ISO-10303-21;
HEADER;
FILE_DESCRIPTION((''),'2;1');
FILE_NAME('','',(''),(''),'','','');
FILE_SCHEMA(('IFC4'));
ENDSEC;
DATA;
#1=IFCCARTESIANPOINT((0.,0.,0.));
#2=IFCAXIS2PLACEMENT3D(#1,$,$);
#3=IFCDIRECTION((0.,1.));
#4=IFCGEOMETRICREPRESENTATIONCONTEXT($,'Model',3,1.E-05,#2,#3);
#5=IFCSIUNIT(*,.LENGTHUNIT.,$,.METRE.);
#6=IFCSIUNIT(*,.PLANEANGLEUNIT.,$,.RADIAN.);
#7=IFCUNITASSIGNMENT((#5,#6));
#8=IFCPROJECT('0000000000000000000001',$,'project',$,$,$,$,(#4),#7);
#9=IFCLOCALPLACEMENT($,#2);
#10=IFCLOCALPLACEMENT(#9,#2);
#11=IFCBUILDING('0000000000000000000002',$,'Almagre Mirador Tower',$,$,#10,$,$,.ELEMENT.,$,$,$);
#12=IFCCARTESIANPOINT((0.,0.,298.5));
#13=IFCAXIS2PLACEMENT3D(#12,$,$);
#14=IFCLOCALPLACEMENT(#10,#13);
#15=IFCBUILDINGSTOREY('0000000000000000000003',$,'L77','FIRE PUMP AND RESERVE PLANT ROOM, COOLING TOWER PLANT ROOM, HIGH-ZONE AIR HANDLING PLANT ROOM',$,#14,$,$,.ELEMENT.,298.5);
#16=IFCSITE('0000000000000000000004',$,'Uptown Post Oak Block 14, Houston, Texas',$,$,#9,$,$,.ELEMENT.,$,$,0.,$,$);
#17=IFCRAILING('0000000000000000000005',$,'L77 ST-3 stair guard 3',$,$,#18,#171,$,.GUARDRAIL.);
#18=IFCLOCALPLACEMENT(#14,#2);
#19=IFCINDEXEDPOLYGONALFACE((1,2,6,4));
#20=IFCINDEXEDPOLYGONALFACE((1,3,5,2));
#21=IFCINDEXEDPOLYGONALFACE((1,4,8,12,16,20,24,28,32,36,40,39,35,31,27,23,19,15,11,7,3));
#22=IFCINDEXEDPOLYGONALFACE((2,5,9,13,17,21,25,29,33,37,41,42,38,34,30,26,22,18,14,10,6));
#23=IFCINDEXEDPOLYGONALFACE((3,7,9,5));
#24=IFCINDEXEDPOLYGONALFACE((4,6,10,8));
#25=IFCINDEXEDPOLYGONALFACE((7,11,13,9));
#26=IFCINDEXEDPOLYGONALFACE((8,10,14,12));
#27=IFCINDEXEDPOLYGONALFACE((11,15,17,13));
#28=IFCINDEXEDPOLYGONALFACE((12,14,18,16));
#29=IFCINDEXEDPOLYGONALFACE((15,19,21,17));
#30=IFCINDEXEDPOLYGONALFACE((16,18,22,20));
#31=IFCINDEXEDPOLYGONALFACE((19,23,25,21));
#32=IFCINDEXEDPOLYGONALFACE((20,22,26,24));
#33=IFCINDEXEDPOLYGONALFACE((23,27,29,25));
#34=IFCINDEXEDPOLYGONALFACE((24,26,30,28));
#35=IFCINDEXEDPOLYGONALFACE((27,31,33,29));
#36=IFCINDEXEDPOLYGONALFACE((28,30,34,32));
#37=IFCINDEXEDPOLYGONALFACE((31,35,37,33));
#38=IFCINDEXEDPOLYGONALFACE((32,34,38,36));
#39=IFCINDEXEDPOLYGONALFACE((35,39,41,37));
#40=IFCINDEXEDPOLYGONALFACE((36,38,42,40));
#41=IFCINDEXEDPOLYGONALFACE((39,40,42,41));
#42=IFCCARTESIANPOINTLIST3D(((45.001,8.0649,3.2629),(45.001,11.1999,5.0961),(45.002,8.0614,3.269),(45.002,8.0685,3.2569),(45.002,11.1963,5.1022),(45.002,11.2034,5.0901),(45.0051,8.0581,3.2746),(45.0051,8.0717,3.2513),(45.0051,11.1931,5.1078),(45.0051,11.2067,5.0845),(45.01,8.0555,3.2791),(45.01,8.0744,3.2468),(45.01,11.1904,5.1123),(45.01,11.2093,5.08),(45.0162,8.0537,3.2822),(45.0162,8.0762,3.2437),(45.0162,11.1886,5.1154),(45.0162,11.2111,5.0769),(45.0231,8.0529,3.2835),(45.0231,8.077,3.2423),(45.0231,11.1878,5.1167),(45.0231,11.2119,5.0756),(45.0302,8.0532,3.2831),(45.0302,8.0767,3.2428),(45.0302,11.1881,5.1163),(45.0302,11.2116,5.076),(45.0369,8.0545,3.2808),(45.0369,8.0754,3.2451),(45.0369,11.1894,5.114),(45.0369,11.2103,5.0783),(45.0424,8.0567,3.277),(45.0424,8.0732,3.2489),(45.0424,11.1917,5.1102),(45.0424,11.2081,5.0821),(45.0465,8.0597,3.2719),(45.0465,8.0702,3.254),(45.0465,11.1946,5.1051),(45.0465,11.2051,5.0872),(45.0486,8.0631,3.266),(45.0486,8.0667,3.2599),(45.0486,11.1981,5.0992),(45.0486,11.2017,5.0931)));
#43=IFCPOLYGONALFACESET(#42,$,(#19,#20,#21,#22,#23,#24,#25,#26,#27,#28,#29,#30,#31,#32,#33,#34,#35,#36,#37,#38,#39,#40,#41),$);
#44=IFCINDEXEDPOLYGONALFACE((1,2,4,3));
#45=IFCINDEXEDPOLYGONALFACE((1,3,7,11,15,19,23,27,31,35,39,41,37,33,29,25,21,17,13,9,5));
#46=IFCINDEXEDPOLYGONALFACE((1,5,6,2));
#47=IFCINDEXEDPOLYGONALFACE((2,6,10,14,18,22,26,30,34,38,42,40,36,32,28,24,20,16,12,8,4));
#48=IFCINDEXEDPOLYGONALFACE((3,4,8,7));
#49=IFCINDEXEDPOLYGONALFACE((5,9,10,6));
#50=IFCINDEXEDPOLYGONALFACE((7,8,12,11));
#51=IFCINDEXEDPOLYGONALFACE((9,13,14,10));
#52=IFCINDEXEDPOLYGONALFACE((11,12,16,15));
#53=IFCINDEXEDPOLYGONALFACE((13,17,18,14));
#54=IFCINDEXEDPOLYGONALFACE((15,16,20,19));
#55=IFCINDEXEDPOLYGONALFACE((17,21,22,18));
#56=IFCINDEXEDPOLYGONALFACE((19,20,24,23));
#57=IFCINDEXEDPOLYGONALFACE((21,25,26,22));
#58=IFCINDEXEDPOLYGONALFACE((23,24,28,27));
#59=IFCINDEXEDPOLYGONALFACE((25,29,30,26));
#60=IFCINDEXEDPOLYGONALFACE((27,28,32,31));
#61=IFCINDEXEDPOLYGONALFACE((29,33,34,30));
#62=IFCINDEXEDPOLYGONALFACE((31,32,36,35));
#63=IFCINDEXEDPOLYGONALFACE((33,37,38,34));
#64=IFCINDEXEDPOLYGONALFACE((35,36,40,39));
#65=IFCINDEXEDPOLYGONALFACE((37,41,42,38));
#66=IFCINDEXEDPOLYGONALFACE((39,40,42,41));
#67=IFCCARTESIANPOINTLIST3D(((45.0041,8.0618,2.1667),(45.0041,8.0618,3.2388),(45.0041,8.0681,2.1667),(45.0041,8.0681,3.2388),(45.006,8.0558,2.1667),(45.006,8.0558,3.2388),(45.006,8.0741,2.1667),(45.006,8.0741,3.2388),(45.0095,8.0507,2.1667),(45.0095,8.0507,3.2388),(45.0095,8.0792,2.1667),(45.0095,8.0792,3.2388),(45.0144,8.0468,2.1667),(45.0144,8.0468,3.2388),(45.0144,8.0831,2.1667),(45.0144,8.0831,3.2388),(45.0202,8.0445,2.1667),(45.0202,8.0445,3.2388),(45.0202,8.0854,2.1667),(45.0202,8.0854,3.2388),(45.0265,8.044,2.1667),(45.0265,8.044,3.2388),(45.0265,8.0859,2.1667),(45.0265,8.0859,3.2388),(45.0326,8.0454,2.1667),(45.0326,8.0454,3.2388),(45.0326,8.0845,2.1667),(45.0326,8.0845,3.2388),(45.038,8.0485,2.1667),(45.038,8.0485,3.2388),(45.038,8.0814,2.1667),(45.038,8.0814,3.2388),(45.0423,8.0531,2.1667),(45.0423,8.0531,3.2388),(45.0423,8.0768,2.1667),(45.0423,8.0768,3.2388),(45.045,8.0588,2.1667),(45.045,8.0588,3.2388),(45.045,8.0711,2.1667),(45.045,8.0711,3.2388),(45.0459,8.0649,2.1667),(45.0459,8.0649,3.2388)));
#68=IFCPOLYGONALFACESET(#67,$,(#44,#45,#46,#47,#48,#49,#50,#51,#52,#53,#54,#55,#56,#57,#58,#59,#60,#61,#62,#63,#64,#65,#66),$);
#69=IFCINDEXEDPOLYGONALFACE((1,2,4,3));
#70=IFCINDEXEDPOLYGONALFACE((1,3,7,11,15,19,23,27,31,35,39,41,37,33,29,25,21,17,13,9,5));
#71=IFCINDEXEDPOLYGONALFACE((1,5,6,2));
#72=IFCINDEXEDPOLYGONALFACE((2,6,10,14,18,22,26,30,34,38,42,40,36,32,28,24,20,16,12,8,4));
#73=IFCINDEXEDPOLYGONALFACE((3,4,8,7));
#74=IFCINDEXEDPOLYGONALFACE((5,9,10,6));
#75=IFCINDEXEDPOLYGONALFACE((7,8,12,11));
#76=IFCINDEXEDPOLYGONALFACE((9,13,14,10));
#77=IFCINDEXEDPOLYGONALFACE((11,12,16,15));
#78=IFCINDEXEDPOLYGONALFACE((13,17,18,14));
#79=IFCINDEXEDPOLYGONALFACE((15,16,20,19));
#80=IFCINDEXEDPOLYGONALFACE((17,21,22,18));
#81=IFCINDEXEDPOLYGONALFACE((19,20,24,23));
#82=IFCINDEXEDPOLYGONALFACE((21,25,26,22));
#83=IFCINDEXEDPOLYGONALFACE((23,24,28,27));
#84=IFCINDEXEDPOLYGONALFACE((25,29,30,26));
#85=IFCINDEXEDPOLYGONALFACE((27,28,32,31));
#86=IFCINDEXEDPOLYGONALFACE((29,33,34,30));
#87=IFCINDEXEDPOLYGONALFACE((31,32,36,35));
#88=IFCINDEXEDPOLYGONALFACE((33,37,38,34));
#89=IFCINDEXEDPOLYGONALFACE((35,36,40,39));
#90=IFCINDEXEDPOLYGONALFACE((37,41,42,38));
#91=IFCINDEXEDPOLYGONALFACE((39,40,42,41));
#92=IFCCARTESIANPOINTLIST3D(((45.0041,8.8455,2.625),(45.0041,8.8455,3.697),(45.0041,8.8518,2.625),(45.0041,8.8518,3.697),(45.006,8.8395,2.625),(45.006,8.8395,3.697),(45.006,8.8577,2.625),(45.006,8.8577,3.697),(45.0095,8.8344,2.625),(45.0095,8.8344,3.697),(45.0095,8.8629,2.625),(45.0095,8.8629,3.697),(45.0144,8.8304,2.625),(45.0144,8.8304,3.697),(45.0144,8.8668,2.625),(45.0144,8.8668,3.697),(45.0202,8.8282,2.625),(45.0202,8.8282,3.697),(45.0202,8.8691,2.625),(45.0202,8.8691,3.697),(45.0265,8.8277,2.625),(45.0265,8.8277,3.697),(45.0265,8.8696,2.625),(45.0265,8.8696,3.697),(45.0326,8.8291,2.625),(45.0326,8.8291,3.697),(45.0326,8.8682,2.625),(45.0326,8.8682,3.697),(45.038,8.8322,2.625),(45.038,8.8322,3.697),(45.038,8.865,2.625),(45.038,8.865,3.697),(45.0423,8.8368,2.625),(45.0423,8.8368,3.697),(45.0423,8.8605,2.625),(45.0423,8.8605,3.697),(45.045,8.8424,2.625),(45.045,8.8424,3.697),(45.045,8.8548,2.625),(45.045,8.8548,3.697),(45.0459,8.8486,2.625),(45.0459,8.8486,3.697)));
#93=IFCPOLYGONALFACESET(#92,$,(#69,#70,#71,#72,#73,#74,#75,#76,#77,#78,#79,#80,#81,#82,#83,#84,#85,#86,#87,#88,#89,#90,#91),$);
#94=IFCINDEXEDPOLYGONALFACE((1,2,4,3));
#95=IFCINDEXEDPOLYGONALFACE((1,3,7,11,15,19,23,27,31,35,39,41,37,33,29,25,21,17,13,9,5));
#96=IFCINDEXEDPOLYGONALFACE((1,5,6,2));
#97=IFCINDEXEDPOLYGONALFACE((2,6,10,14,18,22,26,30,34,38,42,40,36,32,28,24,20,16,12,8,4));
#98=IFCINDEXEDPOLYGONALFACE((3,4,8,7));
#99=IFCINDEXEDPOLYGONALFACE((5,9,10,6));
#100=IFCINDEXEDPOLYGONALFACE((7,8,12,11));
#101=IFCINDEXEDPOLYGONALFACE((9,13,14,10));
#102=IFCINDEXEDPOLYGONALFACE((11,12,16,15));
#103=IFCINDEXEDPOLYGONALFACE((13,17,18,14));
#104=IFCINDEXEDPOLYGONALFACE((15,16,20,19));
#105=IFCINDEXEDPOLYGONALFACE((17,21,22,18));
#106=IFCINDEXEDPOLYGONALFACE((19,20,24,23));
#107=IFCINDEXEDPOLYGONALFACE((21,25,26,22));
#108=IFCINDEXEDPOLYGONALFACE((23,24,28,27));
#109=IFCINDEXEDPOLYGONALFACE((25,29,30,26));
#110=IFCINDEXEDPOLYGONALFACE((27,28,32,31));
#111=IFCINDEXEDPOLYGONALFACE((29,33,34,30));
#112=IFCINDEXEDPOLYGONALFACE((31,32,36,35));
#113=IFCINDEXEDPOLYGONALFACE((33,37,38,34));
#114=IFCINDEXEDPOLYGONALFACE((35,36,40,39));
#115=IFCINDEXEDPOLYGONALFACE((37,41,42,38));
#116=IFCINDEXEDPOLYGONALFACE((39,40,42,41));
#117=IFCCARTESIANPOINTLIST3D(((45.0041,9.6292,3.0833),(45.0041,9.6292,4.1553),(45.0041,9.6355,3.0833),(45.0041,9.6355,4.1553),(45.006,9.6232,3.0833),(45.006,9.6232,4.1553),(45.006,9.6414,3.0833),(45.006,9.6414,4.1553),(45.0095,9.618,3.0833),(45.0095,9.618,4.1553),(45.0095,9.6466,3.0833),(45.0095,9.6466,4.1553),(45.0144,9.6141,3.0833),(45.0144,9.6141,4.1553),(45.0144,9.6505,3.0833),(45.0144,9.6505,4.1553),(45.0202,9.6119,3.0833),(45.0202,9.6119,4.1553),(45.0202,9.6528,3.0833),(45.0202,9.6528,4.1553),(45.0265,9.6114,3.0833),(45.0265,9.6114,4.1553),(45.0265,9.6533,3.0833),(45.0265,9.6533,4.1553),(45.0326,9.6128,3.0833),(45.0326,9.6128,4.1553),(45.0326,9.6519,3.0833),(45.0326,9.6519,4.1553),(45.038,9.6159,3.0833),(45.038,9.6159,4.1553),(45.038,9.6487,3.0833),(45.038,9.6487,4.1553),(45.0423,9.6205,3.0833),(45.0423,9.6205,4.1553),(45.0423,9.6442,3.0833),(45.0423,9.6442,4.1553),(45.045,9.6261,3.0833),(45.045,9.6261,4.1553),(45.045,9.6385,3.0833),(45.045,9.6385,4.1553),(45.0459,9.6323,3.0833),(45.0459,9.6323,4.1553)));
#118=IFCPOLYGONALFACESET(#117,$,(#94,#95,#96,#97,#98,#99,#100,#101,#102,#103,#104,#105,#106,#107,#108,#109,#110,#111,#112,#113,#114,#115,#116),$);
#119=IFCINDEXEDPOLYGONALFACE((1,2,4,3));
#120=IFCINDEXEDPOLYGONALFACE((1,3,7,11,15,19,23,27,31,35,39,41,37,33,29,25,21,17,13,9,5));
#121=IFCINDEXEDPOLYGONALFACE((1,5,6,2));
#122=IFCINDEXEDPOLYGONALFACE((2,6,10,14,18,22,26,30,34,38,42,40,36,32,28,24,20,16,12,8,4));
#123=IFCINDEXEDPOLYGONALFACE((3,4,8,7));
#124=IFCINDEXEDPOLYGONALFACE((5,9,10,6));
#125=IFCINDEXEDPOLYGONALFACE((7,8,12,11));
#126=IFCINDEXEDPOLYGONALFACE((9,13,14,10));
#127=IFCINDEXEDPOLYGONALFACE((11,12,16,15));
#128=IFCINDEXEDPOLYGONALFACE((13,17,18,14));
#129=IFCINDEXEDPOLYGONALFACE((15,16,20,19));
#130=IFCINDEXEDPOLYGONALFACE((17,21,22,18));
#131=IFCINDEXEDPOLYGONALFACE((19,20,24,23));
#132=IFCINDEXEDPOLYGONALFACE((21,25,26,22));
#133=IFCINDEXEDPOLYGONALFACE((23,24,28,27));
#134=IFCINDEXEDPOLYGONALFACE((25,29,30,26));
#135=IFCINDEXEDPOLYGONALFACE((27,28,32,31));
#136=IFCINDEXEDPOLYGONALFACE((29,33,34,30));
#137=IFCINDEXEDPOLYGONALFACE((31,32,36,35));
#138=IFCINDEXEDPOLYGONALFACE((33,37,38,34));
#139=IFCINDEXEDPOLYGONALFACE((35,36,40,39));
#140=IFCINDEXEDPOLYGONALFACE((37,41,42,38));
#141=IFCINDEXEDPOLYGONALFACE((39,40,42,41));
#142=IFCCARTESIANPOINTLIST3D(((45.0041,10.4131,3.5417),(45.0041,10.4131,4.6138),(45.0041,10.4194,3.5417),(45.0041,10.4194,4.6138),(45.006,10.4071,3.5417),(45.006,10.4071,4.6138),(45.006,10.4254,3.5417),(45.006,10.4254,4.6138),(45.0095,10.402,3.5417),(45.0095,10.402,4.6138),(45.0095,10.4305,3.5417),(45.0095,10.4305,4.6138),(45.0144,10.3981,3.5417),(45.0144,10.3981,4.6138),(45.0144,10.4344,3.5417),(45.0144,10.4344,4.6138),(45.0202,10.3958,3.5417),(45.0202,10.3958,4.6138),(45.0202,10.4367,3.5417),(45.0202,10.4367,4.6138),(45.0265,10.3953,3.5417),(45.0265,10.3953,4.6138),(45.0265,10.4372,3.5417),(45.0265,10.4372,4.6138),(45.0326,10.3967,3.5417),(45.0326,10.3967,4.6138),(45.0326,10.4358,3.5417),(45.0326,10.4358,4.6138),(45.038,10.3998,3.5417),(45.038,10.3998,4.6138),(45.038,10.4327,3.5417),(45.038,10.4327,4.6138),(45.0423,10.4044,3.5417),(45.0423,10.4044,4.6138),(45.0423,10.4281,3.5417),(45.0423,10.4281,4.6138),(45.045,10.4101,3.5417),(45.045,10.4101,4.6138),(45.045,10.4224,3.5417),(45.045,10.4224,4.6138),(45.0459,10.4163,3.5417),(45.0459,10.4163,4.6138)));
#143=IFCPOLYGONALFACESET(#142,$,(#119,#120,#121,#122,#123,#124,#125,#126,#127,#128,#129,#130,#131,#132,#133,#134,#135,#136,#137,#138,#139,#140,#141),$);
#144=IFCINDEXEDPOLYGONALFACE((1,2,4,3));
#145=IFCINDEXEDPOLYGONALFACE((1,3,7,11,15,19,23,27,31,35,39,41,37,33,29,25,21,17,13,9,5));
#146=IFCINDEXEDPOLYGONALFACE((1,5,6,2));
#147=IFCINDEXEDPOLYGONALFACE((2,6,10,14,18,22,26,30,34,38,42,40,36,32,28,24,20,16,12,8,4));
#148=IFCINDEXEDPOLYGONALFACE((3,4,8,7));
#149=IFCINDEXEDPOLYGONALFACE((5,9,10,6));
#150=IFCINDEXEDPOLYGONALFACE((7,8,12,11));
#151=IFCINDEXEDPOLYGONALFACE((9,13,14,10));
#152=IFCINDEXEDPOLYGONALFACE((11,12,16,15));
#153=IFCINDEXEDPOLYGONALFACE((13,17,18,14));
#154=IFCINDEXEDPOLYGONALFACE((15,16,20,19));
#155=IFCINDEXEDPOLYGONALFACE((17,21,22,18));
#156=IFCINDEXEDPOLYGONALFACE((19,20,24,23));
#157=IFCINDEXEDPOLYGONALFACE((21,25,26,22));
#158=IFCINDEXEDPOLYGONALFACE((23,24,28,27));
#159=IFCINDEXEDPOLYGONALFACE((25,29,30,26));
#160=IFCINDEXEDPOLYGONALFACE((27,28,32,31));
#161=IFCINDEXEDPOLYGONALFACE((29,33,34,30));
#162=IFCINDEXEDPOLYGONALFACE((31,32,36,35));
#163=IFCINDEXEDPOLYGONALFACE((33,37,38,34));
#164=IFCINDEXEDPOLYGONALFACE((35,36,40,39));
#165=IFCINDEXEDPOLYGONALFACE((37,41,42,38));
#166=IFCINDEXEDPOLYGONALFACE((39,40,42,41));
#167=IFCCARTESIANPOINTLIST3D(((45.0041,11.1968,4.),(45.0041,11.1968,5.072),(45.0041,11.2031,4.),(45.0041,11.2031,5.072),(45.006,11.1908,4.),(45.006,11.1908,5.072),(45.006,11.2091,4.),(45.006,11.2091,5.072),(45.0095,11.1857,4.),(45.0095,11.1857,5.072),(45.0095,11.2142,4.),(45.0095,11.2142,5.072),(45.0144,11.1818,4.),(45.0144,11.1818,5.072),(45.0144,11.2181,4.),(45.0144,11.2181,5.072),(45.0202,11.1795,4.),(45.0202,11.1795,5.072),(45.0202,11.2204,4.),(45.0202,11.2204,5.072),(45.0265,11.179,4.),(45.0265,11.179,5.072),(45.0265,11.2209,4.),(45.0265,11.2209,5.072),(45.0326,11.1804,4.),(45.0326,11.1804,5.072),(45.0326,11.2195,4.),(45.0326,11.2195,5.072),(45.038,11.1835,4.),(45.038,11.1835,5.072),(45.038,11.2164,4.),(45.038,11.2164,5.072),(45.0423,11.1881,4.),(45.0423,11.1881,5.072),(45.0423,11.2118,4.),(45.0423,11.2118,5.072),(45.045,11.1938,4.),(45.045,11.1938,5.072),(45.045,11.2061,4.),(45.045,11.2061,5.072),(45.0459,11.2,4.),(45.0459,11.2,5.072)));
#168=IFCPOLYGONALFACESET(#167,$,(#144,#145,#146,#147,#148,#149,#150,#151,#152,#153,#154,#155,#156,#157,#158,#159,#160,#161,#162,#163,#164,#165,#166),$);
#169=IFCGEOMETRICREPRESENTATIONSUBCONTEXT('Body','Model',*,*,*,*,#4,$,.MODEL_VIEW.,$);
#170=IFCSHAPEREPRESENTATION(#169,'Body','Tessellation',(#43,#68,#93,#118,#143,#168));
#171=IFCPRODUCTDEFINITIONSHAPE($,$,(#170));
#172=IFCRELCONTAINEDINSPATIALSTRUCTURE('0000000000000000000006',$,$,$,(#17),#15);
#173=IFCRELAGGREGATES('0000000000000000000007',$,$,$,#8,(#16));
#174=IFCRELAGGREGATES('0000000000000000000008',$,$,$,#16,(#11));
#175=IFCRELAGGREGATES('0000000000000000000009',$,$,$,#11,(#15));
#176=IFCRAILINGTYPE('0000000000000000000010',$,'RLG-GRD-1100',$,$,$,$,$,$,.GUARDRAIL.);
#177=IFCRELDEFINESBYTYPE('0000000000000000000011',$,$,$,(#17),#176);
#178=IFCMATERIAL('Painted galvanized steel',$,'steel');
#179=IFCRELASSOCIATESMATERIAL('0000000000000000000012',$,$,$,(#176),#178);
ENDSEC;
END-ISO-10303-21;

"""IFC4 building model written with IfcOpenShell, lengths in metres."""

from ifc_helpers import new_model, si_unit, direction, frame, origin, origin_2d, place, context, subcontext, project, spatial, circle, extrude, material, type_object, element, save


model = new_model("IFC4")

# Units and contexts
model_context = context("Model", 3, precision=1e-05, world=origin(), true_north=direction((0.0, 1.0)))
body_context = subcontext(model_context, "Body", "Model", "MODEL_VIEW")
ifc_project = project(units=[si_unit("LENGTHUNIT", "METRE"), si_unit("PLANEANGLEUNIT", "RADIAN")], contexts=[model_context])

# Site, building, storey
site_placement = place(None, origin())
site = spatial("IfcSite", under=ifc_project, at=site_placement, Name="Uptown Post Oak Block 14, Houston, Texas", CompositionType="ELEMENT", RefElevation=0.0)
building_placement = place(site_placement, origin())
building = spatial("IfcBuilding", under=site, at=building_placement, Name="Almagre Mirador Tower", CompositionType="ELEMENT")
storey_placement = place(building_placement, frame((0.0, 0.0, 298.5)))
storey = spatial("IfcBuildingStorey", under=building, at=storey_placement, Name="L77", Description="FIRE PUMP AND RESERVE PLANT ROOM, COOLING TOWER PLANT ROOM, HIGH-ZONE AIR HANDLING PLANT ROOM", CompositionType="ELEMENT", Elevation=298.5)

# Railing
ifc_material_1 = material(Name="Painted galvanized steel", Category="steel")
railing_type_1 = type_object("IfcRailingType", Name="RLG-GRD-1100", PredefinedType="GUARDRAIL", material=ifc_material_1)
railing_1_placement = place(storey_placement, frame((45.0249, 8.0649, 2.1667)))
element("IfcRailing", 1, at=railing_1_placement, inside=storey, type_object=railing_type_1, Name="L77 ST-3 stair guard 3", PredefinedType="GUARDRAIL", context=body_context, shape_type="SweptSolid", body=[
    extrude(circle(Radius=0.0239, at=origin_2d()), frame((0.0, 0.0, 1.0962), z_axis=(0.0, 0.86324, 0.504794), x_axis=(-1.0, 0.0, 0.0)), (0.0, 0.0, 1.0), 3.6316),
    extrude(circle(Radius=0.021, at=origin_2d()), origin(), (0.0, 0.0, 1.0), 1.072),
    extrude(circle(Radius=0.021, at=origin_2d()), frame((0.0, 0.7837, 0.4583)), (0.0, 0.0, 1.0), 1.072),
    extrude(circle(Radius=0.021, at=origin_2d()), frame((0.0, 1.5674, 0.9165)), (0.0, 0.0, 1.0), 1.072),
    extrude(circle(Radius=0.021, at=origin_2d()), frame((0.0, 2.3513, 1.375)), (0.0, 0.0, 1.0), 1.072),
    extrude(circle(Radius=0.021, at=origin_2d()), frame((0.0, 3.135, 1.8333)), (0.0, 0.0, 1.0), 1.072),
])

save(model, "model.ifc")
